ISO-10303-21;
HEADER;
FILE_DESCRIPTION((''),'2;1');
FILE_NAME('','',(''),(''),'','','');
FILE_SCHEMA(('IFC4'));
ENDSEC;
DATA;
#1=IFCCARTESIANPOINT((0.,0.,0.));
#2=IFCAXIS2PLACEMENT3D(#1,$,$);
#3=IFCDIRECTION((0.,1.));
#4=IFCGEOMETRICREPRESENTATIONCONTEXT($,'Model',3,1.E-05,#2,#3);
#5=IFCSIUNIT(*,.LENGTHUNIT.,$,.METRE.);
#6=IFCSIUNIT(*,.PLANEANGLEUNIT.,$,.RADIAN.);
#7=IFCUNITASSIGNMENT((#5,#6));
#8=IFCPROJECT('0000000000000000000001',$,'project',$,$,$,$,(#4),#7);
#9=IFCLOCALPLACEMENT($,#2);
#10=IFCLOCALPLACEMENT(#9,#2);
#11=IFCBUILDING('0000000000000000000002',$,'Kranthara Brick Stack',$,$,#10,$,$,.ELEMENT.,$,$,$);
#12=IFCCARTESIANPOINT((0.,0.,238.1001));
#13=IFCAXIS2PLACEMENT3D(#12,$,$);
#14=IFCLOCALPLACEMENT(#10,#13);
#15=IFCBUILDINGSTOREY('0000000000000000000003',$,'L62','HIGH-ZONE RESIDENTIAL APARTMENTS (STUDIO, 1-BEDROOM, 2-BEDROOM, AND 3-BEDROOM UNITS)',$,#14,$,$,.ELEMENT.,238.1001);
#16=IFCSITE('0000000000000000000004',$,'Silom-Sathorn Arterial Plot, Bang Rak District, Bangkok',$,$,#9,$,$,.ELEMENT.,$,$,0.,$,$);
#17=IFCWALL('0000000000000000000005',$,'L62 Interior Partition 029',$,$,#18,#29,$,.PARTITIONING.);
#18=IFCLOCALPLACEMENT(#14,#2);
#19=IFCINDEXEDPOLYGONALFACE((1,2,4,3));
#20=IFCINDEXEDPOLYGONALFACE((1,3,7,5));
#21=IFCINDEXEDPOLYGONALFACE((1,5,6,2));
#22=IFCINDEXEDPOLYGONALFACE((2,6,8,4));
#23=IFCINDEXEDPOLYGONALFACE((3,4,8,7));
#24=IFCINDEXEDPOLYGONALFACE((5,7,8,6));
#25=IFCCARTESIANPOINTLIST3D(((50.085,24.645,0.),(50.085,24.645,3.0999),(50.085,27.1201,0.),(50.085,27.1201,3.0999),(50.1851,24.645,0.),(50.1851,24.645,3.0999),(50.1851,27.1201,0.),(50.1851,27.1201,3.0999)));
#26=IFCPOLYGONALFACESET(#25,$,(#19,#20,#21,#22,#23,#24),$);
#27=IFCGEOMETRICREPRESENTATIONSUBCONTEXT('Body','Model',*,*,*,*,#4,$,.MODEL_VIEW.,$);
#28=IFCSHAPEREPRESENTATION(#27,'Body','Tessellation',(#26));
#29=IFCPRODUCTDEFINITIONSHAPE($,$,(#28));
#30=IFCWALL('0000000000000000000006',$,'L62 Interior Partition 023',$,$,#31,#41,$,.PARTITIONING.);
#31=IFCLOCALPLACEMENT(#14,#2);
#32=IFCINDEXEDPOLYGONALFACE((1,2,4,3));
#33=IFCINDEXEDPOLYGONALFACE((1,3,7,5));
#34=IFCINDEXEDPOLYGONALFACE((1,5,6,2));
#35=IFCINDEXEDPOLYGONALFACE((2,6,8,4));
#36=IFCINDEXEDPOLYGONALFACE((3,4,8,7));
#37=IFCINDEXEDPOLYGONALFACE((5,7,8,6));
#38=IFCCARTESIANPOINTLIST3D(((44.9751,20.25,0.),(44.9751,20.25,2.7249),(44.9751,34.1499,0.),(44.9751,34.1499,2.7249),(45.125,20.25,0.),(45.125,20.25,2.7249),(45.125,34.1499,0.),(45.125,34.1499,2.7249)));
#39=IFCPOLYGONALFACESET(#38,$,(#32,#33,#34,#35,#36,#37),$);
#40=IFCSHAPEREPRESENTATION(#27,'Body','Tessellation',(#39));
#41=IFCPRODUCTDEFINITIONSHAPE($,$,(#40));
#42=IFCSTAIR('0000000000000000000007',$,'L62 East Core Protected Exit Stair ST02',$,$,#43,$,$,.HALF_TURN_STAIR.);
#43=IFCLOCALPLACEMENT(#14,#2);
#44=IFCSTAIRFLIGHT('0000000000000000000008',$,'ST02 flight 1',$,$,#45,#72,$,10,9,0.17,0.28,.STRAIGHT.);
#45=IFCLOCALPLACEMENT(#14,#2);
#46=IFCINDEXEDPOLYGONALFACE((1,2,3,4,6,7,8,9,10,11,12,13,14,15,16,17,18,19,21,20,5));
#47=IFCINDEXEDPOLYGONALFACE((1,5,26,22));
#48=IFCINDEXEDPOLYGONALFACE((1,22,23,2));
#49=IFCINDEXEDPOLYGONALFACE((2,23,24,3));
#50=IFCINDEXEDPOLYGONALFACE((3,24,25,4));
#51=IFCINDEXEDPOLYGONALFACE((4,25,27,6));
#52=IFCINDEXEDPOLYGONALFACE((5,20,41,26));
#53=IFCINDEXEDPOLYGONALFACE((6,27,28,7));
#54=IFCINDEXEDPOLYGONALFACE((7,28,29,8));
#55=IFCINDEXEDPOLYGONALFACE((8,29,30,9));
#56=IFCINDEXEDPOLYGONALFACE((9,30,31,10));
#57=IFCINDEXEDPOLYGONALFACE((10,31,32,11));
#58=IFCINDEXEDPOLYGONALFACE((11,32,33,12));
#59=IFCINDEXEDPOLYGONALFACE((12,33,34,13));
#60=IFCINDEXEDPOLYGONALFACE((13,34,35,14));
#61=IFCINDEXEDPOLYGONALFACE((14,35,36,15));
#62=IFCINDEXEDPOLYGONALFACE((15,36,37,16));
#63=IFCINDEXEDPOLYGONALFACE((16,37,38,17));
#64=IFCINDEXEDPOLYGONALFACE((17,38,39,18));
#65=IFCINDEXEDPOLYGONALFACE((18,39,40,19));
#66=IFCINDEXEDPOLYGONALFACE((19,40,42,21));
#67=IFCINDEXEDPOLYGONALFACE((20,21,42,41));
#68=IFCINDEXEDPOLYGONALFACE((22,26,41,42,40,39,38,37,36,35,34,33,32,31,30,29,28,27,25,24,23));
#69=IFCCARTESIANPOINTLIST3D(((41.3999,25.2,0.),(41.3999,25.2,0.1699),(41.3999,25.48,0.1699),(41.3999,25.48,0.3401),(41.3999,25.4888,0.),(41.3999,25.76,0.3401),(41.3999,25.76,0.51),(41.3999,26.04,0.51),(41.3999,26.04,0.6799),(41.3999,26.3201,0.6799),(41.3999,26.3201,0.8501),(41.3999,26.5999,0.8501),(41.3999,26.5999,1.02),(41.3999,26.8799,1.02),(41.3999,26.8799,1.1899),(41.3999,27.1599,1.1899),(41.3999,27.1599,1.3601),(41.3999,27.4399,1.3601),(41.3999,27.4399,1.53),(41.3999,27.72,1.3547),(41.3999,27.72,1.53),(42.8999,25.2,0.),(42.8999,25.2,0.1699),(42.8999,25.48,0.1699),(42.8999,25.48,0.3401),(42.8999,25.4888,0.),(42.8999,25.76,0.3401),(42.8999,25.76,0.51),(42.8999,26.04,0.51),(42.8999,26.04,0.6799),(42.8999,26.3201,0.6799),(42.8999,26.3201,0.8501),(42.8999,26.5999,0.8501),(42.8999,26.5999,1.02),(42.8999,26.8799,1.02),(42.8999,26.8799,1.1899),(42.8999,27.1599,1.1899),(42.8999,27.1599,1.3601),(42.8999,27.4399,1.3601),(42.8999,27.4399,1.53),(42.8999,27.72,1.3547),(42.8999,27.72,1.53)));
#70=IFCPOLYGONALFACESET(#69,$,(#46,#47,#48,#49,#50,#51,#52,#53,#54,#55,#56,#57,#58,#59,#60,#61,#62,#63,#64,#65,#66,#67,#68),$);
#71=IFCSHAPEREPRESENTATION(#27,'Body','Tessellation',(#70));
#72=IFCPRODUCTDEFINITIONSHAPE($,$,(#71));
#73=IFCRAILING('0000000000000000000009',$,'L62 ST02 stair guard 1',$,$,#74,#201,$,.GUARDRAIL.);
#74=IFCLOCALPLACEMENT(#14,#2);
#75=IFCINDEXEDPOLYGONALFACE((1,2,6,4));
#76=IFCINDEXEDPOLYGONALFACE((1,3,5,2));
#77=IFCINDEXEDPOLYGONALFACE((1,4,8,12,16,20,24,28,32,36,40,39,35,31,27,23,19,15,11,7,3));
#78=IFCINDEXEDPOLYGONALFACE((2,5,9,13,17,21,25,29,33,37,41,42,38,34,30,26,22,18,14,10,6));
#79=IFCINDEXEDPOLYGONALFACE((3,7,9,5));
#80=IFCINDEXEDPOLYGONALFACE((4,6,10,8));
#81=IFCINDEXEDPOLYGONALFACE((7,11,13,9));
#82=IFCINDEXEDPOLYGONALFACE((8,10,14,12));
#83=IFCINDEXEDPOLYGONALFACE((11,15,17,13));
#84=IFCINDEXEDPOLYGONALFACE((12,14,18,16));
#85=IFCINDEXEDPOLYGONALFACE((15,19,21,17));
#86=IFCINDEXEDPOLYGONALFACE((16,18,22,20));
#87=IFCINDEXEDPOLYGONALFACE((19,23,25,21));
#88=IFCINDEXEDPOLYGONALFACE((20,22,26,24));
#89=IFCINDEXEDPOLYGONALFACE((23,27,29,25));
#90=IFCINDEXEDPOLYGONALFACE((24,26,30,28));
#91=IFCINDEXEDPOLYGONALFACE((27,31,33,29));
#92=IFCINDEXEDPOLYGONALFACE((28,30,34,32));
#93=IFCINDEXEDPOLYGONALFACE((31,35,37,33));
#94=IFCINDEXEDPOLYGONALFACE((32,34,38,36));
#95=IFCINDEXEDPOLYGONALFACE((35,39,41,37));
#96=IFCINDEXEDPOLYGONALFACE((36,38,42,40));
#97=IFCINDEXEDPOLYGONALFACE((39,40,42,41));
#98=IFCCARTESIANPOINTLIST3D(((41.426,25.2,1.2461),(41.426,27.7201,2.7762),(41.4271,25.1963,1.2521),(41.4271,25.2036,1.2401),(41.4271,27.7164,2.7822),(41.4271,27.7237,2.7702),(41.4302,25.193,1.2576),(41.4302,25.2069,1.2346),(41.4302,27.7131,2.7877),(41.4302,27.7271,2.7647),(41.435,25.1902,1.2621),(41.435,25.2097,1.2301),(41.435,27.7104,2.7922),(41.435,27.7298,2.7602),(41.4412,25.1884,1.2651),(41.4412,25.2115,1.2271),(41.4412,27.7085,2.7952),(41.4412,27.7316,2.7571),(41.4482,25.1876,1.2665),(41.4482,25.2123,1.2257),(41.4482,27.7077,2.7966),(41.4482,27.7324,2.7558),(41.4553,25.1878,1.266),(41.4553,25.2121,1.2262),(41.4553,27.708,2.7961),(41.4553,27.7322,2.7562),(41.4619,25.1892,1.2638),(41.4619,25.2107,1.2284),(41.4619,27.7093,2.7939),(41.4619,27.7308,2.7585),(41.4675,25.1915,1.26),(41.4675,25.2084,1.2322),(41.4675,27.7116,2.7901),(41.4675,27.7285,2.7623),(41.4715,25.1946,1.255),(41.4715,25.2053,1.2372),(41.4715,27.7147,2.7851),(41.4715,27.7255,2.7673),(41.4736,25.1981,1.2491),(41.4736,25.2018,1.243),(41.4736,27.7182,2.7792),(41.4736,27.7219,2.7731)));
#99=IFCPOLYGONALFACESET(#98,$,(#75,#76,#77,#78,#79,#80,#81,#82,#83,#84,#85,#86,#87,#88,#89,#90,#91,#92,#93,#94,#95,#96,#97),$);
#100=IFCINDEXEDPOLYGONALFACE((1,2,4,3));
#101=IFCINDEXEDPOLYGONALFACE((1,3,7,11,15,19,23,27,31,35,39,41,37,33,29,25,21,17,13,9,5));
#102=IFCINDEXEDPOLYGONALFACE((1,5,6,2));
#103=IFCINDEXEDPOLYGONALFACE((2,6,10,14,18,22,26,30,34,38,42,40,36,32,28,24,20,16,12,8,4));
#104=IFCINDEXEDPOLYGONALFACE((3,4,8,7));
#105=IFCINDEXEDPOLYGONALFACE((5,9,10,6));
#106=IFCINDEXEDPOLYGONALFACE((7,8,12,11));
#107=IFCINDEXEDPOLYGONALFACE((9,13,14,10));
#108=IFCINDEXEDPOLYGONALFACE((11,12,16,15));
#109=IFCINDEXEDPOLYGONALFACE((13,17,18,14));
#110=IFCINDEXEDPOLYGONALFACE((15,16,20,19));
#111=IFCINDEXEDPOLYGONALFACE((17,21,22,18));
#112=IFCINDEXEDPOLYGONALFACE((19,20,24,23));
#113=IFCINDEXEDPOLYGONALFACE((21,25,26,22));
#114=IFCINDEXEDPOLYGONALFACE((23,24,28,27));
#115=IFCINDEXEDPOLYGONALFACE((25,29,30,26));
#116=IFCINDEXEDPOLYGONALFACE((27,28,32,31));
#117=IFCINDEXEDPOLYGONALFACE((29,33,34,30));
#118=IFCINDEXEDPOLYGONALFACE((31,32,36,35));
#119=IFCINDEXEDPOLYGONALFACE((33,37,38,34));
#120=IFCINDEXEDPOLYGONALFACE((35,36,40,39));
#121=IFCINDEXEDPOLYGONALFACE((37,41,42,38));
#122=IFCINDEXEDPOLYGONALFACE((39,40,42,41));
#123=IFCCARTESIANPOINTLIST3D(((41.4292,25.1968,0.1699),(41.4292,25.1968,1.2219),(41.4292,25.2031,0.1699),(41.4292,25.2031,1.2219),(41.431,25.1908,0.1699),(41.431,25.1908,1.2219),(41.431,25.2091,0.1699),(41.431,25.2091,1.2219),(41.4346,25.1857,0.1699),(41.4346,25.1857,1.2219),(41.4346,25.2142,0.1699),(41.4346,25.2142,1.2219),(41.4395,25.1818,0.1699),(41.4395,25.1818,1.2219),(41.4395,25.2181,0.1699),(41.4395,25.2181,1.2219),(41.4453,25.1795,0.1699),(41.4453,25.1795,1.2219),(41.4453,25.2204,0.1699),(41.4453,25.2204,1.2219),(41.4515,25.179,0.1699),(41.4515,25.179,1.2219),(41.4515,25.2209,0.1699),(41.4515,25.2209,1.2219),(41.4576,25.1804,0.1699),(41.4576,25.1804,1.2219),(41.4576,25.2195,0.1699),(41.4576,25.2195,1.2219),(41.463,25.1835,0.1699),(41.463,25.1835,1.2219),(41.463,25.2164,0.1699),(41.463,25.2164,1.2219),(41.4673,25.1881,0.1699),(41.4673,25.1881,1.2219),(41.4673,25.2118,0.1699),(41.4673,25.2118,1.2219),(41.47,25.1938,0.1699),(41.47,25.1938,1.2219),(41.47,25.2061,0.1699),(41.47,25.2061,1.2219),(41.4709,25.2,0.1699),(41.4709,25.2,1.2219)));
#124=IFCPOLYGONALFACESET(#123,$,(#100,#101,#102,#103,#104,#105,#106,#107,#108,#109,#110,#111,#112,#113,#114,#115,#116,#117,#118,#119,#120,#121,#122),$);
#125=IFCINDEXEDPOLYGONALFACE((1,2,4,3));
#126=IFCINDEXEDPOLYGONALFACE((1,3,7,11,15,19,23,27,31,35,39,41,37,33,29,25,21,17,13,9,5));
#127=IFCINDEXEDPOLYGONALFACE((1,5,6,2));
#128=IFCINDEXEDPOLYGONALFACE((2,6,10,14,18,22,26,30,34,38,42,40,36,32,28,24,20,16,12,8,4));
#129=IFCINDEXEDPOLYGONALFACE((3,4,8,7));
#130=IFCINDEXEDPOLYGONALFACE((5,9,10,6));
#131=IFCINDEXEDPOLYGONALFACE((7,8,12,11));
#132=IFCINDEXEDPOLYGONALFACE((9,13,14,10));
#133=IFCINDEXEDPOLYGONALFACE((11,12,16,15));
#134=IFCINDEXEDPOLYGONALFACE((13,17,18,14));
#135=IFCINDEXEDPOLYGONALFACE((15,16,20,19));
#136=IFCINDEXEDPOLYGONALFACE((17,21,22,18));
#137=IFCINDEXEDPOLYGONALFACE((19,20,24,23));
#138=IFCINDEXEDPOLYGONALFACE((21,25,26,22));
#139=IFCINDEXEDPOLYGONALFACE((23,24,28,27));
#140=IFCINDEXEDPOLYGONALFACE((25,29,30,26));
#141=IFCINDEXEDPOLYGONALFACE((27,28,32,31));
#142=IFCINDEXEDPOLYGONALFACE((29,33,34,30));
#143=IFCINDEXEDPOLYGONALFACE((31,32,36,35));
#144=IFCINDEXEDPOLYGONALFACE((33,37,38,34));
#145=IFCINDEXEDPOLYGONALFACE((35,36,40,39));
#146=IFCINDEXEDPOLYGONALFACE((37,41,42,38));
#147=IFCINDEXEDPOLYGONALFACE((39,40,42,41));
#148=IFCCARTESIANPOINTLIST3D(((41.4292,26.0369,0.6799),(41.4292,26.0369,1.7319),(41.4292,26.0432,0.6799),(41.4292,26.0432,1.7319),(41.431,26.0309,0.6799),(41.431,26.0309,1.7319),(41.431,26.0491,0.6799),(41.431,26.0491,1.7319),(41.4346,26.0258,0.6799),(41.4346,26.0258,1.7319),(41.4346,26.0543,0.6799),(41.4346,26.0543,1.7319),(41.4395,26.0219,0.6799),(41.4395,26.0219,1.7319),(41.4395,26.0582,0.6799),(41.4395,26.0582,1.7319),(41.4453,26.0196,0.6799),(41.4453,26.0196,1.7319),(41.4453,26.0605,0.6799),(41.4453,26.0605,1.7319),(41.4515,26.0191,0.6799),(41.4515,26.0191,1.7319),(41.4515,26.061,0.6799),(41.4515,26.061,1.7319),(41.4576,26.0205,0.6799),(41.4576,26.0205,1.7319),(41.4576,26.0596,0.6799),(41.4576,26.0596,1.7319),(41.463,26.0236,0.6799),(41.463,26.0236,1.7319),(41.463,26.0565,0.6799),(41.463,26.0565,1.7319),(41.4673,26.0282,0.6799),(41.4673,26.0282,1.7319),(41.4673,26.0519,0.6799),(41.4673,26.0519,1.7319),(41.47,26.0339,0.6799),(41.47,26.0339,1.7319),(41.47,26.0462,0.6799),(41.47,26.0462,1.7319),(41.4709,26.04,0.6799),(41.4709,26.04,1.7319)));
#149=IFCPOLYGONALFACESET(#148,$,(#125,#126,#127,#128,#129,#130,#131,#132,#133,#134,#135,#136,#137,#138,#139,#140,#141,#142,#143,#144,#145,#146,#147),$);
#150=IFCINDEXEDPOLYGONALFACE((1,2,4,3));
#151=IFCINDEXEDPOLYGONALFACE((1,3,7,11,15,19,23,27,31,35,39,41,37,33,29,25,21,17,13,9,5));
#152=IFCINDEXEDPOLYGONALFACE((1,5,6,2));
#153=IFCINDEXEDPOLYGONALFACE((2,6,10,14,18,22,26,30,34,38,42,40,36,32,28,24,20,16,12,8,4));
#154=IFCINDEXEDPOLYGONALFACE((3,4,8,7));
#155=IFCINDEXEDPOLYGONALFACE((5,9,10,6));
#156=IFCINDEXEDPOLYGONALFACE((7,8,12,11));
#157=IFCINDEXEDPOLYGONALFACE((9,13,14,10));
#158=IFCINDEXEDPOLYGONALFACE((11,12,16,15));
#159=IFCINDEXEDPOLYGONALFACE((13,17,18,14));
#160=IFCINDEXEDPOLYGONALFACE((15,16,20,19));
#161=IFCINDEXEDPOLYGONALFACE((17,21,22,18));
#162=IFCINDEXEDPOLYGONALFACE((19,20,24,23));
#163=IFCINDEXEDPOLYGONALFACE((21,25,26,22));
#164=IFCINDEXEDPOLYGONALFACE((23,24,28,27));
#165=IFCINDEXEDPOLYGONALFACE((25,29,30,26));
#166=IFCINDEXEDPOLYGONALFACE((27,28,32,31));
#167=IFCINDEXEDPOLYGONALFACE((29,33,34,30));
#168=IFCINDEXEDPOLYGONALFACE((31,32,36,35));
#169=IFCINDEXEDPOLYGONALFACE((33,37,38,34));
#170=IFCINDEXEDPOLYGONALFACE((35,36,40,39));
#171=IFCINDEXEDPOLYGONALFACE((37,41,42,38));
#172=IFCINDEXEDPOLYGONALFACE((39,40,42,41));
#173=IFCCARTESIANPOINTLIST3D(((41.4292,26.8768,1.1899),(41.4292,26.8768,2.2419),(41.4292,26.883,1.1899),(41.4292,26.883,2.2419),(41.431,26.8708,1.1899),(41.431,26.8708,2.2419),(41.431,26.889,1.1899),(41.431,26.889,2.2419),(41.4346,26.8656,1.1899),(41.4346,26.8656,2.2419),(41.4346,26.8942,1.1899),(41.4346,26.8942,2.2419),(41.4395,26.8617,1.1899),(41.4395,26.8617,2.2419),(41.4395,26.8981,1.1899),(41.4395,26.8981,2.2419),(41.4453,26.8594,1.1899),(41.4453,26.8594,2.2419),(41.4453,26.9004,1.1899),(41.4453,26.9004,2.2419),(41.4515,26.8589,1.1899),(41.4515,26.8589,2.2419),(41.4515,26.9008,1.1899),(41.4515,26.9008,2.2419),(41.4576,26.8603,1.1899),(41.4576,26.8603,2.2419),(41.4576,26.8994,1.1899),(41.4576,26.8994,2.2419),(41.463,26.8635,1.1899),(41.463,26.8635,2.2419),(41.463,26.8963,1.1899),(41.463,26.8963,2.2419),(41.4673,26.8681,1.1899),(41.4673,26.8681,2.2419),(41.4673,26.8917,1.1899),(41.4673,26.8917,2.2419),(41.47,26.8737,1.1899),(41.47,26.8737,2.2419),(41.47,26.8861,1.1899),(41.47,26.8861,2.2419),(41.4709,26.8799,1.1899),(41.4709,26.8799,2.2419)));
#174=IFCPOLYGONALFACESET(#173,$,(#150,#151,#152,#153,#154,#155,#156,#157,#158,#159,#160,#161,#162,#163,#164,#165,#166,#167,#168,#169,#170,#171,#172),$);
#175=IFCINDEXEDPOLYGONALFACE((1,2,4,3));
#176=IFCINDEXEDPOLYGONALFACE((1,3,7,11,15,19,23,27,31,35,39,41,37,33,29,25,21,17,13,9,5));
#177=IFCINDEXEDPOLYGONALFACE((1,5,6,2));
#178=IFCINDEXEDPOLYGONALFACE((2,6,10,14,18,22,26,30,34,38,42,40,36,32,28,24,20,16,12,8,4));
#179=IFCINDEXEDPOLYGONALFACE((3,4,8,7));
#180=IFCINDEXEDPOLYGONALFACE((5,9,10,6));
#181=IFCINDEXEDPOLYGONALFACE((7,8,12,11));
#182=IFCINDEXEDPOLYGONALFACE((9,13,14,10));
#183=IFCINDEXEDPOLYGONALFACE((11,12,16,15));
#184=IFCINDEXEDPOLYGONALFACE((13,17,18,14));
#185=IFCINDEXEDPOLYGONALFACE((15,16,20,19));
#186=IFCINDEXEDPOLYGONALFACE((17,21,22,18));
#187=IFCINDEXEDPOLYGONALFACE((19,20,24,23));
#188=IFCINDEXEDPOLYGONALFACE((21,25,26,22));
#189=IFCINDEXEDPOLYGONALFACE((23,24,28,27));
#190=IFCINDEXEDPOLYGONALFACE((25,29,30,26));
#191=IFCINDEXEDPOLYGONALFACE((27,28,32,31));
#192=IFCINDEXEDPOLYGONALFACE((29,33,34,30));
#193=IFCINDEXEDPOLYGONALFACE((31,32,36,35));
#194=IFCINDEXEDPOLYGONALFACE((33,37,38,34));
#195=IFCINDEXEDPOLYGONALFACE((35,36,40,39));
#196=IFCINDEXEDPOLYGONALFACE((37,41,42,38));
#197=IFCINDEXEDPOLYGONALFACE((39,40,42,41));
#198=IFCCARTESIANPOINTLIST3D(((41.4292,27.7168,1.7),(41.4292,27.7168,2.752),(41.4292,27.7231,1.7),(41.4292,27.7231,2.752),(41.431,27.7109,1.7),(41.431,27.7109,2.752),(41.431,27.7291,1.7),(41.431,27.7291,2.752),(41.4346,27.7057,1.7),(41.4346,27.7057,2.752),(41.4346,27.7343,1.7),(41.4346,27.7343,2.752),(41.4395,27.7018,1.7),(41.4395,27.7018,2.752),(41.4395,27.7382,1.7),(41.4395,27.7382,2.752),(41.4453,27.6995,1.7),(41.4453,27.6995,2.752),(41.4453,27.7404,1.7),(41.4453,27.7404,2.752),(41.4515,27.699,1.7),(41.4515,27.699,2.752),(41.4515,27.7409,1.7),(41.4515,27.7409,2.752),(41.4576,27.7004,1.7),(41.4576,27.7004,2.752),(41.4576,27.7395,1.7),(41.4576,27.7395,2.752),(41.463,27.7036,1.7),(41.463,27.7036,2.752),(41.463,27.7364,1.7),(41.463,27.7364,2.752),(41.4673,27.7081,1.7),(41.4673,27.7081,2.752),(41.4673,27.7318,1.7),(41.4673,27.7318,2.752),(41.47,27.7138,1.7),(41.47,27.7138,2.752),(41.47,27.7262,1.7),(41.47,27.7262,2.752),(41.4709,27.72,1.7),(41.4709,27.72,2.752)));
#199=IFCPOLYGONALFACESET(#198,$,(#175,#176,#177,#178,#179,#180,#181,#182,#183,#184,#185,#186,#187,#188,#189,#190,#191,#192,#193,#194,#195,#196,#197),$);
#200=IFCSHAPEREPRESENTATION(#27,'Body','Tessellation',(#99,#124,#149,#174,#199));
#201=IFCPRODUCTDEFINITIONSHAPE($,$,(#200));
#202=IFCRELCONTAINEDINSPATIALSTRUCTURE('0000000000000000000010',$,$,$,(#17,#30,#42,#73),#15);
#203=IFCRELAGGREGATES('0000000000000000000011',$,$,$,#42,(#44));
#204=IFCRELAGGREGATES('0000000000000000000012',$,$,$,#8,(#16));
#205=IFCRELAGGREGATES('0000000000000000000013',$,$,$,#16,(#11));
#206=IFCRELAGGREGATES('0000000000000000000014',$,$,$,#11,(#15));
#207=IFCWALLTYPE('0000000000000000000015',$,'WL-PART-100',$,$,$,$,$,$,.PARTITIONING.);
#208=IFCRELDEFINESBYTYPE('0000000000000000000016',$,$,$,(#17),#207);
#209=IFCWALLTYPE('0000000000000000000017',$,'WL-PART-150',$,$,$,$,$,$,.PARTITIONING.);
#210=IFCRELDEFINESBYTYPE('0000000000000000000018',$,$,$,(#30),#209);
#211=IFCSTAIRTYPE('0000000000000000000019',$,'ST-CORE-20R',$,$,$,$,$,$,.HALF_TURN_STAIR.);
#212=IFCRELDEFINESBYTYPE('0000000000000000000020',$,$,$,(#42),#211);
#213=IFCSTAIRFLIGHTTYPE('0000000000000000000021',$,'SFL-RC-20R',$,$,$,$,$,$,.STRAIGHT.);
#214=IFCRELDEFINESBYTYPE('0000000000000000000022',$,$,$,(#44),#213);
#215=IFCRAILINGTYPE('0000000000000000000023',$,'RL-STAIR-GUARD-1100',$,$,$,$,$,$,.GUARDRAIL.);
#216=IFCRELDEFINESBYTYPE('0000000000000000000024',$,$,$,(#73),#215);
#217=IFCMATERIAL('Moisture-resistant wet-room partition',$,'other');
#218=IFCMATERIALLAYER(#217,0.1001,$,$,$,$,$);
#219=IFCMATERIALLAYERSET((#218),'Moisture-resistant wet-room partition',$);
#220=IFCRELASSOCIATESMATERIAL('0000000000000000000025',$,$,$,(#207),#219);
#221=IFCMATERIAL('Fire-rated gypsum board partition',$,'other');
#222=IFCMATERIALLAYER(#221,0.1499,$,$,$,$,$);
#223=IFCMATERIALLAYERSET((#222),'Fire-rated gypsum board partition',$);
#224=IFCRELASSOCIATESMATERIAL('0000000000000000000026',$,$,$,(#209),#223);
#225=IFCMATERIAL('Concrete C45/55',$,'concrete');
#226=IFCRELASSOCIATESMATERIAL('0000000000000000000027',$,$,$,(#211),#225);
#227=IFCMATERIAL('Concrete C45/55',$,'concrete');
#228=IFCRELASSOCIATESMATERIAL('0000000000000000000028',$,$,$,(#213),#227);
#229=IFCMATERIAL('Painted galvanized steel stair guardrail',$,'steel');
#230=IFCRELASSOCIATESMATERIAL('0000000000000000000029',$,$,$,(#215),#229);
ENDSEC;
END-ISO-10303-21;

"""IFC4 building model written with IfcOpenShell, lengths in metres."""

from ifc_helpers import new_model, si_unit, direction, frame, frame_2d, origin, origin_2d, place, context, subcontext, project, spatial, polyline, rectangle, circle, outline, extrude, material, layer, layer_set, type_object, element, aggregate, save


model = new_model("IFC4")

# Units and contexts
model_context = context("Model", 3, precision=1e-05, world=origin(), true_north=direction((0.0, 1.0)))
body_context = subcontext(model_context, "Body", "Model", "MODEL_VIEW")
ifc_project = project(units=[si_unit("LENGTHUNIT", "METRE"), si_unit("PLANEANGLEUNIT", "RADIAN")], contexts=[model_context])

# Site, building, storey
site_placement = place(None, origin())
site = spatial("IfcSite", under=ifc_project, at=site_placement, Name="Silom-Sathorn Arterial Plot, Bang Rak District, Bangkok", CompositionType="ELEMENT", RefElevation=0.0)
building_placement = place(site_placement, origin())
building = spatial("IfcBuilding", under=site, at=building_placement, Name="Kranthara Brick Stack", CompositionType="ELEMENT")
storey_placement = place(building_placement, frame((0.0, 0.0, 238.1001)))
storey = spatial("IfcBuildingStorey", under=building, at=storey_placement, Name="L62", Description="HIGH-ZONE RESIDENTIAL APARTMENTS (STUDIO, 1-BEDROOM, 2-BEDROOM, AND 3-BEDROOM UNITS)", CompositionType="ELEMENT", Elevation=238.1001)

# Shared definitions
ifc_material_1 = material(Name="Moisture-resistant wet-room partition", Category="other")
ifc_layer_1 = layer(ifc_material_1, 0.1001)
ifc_layer_set_1 = layer_set([ifc_layer_1], Name="Moisture-resistant wet-room partition")
wall_type_1 = type_object("IfcWallType", Name="WL-PART-100", PredefinedType="PARTITIONING", material=ifc_layer_set_1)

# Walls
wall_1_placement = place(storey_placement, frame((50.135, 24.645, 0.0), z_axis=(0.0, 0.0, 1.0), x_axis=(0.0, 1.0, 0.0)))
element("IfcWall", 1, at=wall_1_placement, inside=storey, type_object=wall_type_1, Name="L62 Interior Partition 029", PredefinedType="PARTITIONING", context=body_context, shape_type="SweptSolid", body=[
    extrude(rectangle(XDim=2.4751, YDim=0.1001, at=frame_2d((1.2375, 0.0))), origin(), (0.0, 0.0, 1.0), 3.0999),
])
ifc_material_2 = material(Name="Fire-rated gypsum board partition", Category="other")
ifc_layer_2 = layer(ifc_material_2, 0.1499)
ifc_layer_set_2 = layer_set([ifc_layer_2], Name="Fire-rated gypsum board partition")
wall_type_2 = type_object("IfcWallType", Name="WL-PART-150", PredefinedType="PARTITIONING", material=ifc_layer_set_2)
wall_2_placement = place(storey_placement, frame((45.05, 20.25, 0.0), z_axis=(0.0, 0.0, 1.0), x_axis=(0.0, 1.0, 0.0)))
element("IfcWall", 2, at=wall_2_placement, inside=storey, type_object=wall_type_2, Name="L62 Interior Partition 023", PredefinedType="PARTITIONING", context=body_context, shape_type="SweptSolid", body=[
    extrude(rectangle(XDim=13.8999, YDim=0.1499, at=frame_2d((6.95, 0.0))), origin(), (0.0, 0.0, 1.0), 2.7249),
])

# Stair, stair flight
ifc_material_3 = material(Name="Concrete C45/55", Category="concrete")
stair_type = type_object("IfcStairType", Name="ST-CORE-20R", PredefinedType="HALF_TURN_STAIR", material=ifc_material_3)
stair_placement = place(storey_placement, origin())
stair = element("IfcStair", 3, at=stair_placement, inside=storey, type_object=stair_type, Name="L62 East Core Protected Exit Stair ST02", PredefinedType="HALF_TURN_STAIR")
ifc_material_4 = material(Name="Concrete C45/55", Category="concrete")
stair_flight_type = type_object("IfcStairFlightType", Name="SFL-RC-20R", PredefinedType="STRAIGHT", material=ifc_material_4)
stair_flight_placement = place(storey_placement, frame((42.1499, 25.2, 0.0), z_axis=(0.0, 0.0, 1.0), x_axis=(0.0, 1.0, 0.0)))
stair_flight = element("IfcStairFlight", 4, at=stair_flight_placement, type_object=stair_flight_type, Name="ST02 flight 1", NumberOfRisers=10, NumberOfTreads=9, PredefinedType="STRAIGHT", RiserHeight=0.17, TreadLength=0.28, context=body_context, shape_type="SweptSolid", body=[
    extrude(outline(polyline([(0.0, 0.0), (0.0, 0.1699), (0.28, 0.1699), (0.28, 0.3401), (0.5601, 0.3401), (0.5601, 0.51), (0.8401, 0.51), (0.8401, 0.6799), (1.1201, 0.6799), (1.1201, 0.8501), (1.3999, 0.8501), (1.3999, 1.02), (1.6799, 1.02), (1.6799, 1.1899), (1.96, 1.1899), (1.96, 1.3601), (2.24, 1.3601), (2.24, 1.53), (2.52, 1.53), (2.52, 1.7), (2.52, 1.3547), (0.2888, 0.0), (0.0, 0.0)])), frame((0.0, 0.75, 0.0), z_axis=(0.0, -1.0, 0.0), x_axis=(1.0, 0.0, 0.0)), (0.0, 0.0, 1.0), 1.5),
])
aggregate(stair, [stair_flight])

# Railing
ifc_material_5 = material(Name="Painted galvanized steel stair guardrail", Category="steel")
railing_type_1 = type_object("IfcRailingType", Name="RL-STAIR-GUARD-1100", PredefinedType="GUARDRAIL", material=ifc_material_5)
railing_1_placement = place(storey_placement, frame((41.45, 25.2, 0.1699)))
element("IfcRailing", 5, at=railing_1_placement, inside=storey, type_object=railing_type_1, Name="L62 ST02 stair guard 1", PredefinedType="GUARDRAIL", context=body_context, shape_type="SweptSolid", body=[
    extrude(circle(Radius=0.0239, at=origin_2d()), frame((0.0, 0.0, 1.0762), z_axis=(0.0, 0.854785, 0.518982), x_axis=(-1.0, 0.0, 0.0)), (0.0, 0.0, 1.0), 2.9482),
    extrude(circle(Radius=0.021, at=origin_2d()), origin(), (0.0, 0.0, 1.0), 1.052),
    extrude(circle(Radius=0.021, at=origin_2d()), frame((0.0, 0.8401, 0.51)), (0.0, 0.0, 1.0), 1.052),
    extrude(circle(Radius=0.021, at=origin_2d()), frame((0.0, 1.6799, 1.02)), (0.0, 0.0, 1.0), 1.052),
    extrude(circle(Radius=0.021, at=origin_2d()), frame((0.0, 2.52, 1.53)), (0.0, 0.0, 1.0), 1.052),
])

save(model, "model.ifc")
